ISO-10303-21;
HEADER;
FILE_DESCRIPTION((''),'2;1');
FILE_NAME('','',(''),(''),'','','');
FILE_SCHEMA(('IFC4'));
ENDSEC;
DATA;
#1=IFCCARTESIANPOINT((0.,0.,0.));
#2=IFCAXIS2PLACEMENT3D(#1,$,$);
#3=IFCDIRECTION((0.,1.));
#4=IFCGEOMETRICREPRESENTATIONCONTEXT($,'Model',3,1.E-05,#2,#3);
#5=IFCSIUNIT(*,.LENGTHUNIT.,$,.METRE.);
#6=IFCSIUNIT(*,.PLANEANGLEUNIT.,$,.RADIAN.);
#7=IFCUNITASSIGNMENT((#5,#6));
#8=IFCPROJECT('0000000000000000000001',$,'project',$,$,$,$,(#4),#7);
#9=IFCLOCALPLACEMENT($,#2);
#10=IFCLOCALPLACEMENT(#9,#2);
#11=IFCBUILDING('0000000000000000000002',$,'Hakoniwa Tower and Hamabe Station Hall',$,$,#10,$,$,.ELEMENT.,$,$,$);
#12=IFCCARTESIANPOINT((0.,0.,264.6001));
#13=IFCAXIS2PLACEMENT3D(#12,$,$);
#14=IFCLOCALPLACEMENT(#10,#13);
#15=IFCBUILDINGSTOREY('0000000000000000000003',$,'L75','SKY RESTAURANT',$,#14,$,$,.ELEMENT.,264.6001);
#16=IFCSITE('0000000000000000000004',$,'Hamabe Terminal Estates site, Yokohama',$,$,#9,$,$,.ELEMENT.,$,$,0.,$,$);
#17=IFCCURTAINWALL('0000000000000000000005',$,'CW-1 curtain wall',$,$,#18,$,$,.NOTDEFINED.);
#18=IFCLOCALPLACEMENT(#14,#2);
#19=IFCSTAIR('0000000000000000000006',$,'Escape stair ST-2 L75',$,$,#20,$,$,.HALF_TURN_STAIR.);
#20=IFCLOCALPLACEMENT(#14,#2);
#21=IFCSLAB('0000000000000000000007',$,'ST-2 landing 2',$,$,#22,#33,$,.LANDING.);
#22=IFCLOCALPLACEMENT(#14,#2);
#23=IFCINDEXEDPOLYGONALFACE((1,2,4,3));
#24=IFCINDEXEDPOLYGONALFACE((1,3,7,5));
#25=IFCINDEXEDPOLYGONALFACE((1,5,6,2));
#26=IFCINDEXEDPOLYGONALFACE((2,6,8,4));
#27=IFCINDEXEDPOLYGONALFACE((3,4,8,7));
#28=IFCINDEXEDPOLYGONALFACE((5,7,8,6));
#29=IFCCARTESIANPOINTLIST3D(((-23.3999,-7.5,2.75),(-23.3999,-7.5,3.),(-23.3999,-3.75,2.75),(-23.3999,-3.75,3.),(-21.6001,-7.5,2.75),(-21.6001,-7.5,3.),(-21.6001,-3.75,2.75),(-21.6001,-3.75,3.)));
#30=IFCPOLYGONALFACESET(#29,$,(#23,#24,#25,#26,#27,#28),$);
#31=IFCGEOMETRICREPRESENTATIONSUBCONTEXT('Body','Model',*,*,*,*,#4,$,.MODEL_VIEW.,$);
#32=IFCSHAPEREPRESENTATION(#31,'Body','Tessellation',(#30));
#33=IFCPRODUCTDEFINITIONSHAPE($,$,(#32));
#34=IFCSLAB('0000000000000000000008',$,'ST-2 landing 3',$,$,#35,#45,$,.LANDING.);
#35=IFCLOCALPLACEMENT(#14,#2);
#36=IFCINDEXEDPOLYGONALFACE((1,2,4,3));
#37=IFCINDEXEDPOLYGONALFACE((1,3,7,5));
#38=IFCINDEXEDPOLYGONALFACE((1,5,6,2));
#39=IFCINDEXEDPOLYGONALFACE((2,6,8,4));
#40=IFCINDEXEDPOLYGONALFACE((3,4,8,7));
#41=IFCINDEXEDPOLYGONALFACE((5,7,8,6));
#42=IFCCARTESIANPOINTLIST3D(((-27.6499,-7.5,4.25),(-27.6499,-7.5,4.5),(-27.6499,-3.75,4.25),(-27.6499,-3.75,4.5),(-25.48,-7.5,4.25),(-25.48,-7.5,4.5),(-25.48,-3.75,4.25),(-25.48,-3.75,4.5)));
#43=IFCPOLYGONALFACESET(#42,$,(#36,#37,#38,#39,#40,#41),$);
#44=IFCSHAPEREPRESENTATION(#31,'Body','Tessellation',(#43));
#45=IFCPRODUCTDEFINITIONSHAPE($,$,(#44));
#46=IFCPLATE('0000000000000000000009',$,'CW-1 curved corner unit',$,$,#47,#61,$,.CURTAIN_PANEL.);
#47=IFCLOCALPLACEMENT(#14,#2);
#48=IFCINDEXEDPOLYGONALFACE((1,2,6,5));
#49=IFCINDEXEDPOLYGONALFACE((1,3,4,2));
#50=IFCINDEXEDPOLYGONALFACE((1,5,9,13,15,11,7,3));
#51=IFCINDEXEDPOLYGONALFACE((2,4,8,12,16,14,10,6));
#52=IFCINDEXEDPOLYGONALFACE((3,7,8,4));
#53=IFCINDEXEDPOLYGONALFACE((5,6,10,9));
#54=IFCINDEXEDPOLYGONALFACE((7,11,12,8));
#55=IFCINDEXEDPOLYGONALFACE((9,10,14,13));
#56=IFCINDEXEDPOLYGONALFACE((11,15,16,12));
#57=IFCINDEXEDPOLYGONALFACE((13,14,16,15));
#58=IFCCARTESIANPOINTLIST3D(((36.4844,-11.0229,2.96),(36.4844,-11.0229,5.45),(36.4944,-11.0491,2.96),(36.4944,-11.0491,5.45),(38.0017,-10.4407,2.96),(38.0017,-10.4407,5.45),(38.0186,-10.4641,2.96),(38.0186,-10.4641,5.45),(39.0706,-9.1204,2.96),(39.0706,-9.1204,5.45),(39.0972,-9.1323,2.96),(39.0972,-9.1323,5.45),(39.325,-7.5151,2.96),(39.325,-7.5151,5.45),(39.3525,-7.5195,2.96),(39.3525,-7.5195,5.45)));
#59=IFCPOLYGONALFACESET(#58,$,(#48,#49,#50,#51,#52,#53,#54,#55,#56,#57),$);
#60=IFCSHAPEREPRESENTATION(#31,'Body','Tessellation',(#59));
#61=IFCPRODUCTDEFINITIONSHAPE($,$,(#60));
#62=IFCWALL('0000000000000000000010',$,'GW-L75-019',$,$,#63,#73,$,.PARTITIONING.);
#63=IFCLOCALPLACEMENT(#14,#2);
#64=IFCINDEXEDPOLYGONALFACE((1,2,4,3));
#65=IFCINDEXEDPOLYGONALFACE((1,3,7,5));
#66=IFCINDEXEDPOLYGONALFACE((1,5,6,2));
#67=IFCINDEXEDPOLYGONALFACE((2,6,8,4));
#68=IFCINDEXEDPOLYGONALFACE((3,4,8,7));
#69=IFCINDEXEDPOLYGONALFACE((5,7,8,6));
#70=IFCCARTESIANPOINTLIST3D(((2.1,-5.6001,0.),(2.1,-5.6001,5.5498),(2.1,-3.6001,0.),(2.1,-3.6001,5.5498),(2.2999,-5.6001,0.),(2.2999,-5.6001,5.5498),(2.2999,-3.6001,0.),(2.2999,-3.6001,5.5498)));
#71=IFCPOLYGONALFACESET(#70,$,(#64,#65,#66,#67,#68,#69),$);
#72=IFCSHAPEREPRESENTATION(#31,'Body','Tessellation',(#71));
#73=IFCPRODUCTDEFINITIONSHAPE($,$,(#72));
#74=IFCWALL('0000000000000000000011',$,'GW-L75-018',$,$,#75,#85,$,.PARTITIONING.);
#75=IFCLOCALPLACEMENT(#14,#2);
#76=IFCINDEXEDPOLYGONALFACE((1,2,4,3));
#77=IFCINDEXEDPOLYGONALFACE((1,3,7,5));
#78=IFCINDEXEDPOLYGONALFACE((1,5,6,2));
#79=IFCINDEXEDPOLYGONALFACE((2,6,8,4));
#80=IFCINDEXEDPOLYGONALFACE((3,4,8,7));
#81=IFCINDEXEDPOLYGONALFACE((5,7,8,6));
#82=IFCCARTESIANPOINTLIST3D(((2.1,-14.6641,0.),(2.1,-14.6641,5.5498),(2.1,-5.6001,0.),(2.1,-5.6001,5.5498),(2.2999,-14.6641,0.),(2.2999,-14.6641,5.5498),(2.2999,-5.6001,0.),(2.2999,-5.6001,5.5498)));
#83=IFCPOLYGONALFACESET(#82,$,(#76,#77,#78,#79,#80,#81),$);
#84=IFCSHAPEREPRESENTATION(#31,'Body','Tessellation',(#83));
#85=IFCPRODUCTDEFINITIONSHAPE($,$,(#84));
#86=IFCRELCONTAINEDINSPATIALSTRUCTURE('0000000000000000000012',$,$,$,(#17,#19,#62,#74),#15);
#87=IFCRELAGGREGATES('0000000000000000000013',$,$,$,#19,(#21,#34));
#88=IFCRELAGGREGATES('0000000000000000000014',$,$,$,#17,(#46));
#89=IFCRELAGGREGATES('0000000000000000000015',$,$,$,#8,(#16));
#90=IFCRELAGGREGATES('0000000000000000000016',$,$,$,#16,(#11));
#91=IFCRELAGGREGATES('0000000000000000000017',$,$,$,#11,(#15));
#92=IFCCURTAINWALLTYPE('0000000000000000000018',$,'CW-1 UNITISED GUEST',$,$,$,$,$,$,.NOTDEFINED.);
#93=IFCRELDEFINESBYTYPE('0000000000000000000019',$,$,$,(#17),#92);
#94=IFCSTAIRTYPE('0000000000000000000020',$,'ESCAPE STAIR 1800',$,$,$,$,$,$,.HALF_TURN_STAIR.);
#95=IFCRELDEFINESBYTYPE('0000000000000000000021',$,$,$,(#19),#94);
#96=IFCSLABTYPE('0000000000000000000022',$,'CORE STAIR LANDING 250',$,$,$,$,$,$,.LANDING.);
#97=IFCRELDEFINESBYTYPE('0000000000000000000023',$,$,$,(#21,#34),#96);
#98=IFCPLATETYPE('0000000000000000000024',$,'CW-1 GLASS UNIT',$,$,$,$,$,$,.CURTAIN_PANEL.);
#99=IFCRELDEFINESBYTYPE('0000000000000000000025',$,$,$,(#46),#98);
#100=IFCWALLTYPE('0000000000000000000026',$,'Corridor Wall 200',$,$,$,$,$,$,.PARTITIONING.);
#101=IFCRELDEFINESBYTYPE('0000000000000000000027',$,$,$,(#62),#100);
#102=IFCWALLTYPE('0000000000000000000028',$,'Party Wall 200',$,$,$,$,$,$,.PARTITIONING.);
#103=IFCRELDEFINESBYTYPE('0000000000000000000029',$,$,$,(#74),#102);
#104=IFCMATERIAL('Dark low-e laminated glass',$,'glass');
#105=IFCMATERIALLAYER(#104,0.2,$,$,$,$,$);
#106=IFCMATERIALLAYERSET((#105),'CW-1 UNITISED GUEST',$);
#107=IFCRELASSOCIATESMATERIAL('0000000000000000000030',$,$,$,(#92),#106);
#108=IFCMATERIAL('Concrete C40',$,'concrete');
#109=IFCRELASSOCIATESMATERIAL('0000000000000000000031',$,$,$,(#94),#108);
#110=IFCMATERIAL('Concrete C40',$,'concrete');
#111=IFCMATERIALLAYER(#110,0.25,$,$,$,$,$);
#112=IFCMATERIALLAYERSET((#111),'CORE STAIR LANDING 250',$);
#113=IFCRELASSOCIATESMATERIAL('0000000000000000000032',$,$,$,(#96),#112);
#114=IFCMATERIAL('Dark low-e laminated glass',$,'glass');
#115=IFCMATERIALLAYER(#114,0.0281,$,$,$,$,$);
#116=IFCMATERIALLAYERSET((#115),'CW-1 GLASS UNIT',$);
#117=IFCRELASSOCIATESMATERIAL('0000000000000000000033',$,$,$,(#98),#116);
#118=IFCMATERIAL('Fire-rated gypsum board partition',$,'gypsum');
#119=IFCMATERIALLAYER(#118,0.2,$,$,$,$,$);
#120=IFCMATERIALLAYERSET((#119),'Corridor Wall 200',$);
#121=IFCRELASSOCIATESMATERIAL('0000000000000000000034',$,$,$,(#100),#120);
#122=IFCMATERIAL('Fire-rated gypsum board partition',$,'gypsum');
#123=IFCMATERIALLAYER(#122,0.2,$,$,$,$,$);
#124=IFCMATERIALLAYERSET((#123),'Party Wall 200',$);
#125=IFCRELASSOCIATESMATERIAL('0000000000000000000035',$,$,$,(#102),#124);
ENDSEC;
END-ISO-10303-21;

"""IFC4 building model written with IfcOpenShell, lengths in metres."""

from ifc_helpers import new_model, si_unit, direction, frame, frame_2d, origin, place, context, subcontext, project, spatial, polyline, rectangle, outline, extrude, material, layer, layer_set, type_object, element, aggregate, save


model = new_model("IFC4")

# Units and contexts
model_context = context("Model", 3, precision=1e-05, world=origin(), true_north=direction((0.0, 1.0)))
body_context = subcontext(model_context, "Body", "Model", "MODEL_VIEW")
ifc_project = project(units=[si_unit("LENGTHUNIT", "METRE"), si_unit("PLANEANGLEUNIT", "RADIAN")], contexts=[model_context])

# Site, building, storey
site_placement = place(None, origin())
site = spatial("IfcSite", under=ifc_project, at=site_placement, Name="Hamabe Terminal Estates site, Yokohama", CompositionType="ELEMENT", RefElevation=0.0)
building_placement = place(site_placement, origin())
building = spatial("IfcBuilding", under=site, at=building_placement, Name="Hakoniwa Tower and Hamabe Station Hall", CompositionType="ELEMENT")
storey_placement = place(building_placement, frame((0.0, 0.0, 264.6001)))
storey = spatial("IfcBuildingStorey", under=building, at=storey_placement, Name="L75", Description="SKY RESTAURANT", CompositionType="ELEMENT", Elevation=264.6001)

# Curtain wall
ifc_material_1 = material(Name="Dark low-e laminated glass", Category="glass")
ifc_layer_1 = layer(ifc_material_1, 0.2)
ifc_layer_set_1 = layer_set([ifc_layer_1], Name="CW-1 UNITISED GUEST")
curtain_wall_type = type_object("IfcCurtainWallType", Name="CW-1 UNITISED GUEST", PredefinedType="NOTDEFINED", material=ifc_layer_set_1)
curtain_wall_1_placement = place(storey_placement, origin())
curtain_wall_1 = element("IfcCurtainWall", 1, at=curtain_wall_1_placement, inside=storey, type_object=curtain_wall_type, Name="CW-1 curtain wall", PredefinedType="NOTDEFINED")

# Stair, slabs
ifc_material_2 = material(Name="Concrete C40", Category="concrete")
stair_type = type_object("IfcStairType", Name="ESCAPE STAIR 1800", PredefinedType="HALF_TURN_STAIR", material=ifc_material_2)
ifc_material_3 = material(Name="Concrete C40", Category="concrete")
ifc_layer_2 = layer(ifc_material_3, 0.25)
ifc_layer_set_2 = layer_set([ifc_layer_2], Name="CORE STAIR LANDING 250")
slab_type = type_object("IfcSlabType", Name="CORE STAIR LANDING 250", PredefinedType="LANDING", material=ifc_layer_set_2)
stair_1_placement = place(storey_placement, origin())
stair_1 = element("IfcStair", 2, at=stair_1_placement, inside=storey, type_object=stair_type, Name="Escape stair ST-2 L75", PredefinedType="HALF_TURN_STAIR")
slab_1_placement = place(storey_placement, frame((0.0, 0.0, 2.75)))
slab_1 = element("IfcSlab", 3, at=slab_1_placement, type_object=slab_type, Name="ST-2 landing 2", PredefinedType="LANDING", context=body_context, shape_type="SweptSolid", body=[
    extrude(outline(polyline([(-21.6001, -7.5), (-23.3999, -7.5), (-23.3999, -3.75), (-21.6001, -3.75), (-21.6001, -7.5)])), origin(), (0.0, 0.0, 1.0), 0.25),
])
slab_2_placement = place(storey_placement, frame((0.0, 0.0, 4.25)))
slab_2 = element("IfcSlab", 4, at=slab_2_placement, type_object=slab_type, Name="ST-2 landing 3", PredefinedType="LANDING", context=body_context, shape_type="SweptSolid", body=[
    extrude(outline(polyline([(-25.48, -7.5), (-27.6499, -7.5), (-27.6499, -3.75), (-25.48, -3.75), (-25.48, -7.5)])), origin(), (0.0, 0.0, 1.0), 0.25),
])
aggregate(stair_1, [slab_1, slab_2])

# Plate
ifc_material_4 = material(Name="Dark low-e laminated glass", Category="glass")
ifc_layer_3 = layer(ifc_material_4, 0.0281)
ifc_layer_set_3 = layer_set([ifc_layer_3], Name="CW-1 GLASS UNIT")
plate_type = type_object("IfcPlateType", Name="CW-1 GLASS UNIT", PredefinedType="CURTAIN_PANEL", material=ifc_layer_set_3)
plate_placement = place(storey_placement, frame((0.0, 0.0, 2.96)))
plate = element("IfcPlate", 5, at=plate_placement, type_object=plate_type, Name="CW-1 curved corner unit", PredefinedType="CURTAIN_PANEL", context=body_context, shape_type="SweptSolid", body=[
    extrude(outline(polyline([(36.4944, -11.0491), (38.0186, -10.4641), (39.0972, -9.1323), (39.3525, -7.5195), (39.325, -7.5151), (39.0706, -9.1204), (38.0017, -10.4407), (36.4844, -11.0229), (36.4944, -11.0491)])), origin(), (0.0, 0.0, 1.0), 2.49),
])
aggregate(curtain_wall_1, [plate])

# Walls
ifc_material_5 = material(Name="Fire-rated gypsum board partition", Category="gypsum")
ifc_layer_4 = layer(ifc_material_5, 0.2)
ifc_layer_set_4 = layer_set([ifc_layer_4], Name="Corridor Wall 200")
wall_type_1 = type_object("IfcWallType", Name="Corridor Wall 200", PredefinedType="PARTITIONING", material=ifc_layer_set_4)
wall_1_placement = place(storey_placement, frame((2.2, -5.6001, 0.0), z_axis=(0.0, 0.0, 1.0), x_axis=(0.0, 1.0, 0.0)))
element("IfcWall", 6, at=wall_1_placement, inside=storey, type_object=wall_type_1, Name="GW-L75-019", PredefinedType="PARTITIONING", context=body_context, shape_type="SweptSolid", body=[
    extrude(rectangle(XDim=2.0, YDim=0.2, at=frame_2d((1.0, 0.0))), origin(), (0.0, 0.0, 1.0), 5.5498),
])
ifc_material_6 = material(Name="Fire-rated gypsum board partition", Category="gypsum")
ifc_layer_5 = layer(ifc_material_6, 0.2)
ifc_layer_set_5 = layer_set([ifc_layer_5], Name="Party Wall 200")
wall_type_2 = type_object("IfcWallType", Name="Party Wall 200", PredefinedType="PARTITIONING", material=ifc_layer_set_5)
wall_2_placement = place(storey_placement, frame((2.2, -14.6641, 0.0), z_axis=(0.0, 0.0, 1.0), x_axis=(0.0, 1.0, 0.0)))
element("IfcWall", 7, at=wall_2_placement, inside=storey, type_object=wall_type_2, Name="GW-L75-018", PredefinedType="PARTITIONING", context=body_context, shape_type="SweptSolid", body=[
    extrude(rectangle(XDim=9.064, YDim=0.2, at=frame_2d((4.532, 0.0))), origin(), (0.0, 0.0, 1.0), 5.5498),
])

save(model, "model.ifc")
